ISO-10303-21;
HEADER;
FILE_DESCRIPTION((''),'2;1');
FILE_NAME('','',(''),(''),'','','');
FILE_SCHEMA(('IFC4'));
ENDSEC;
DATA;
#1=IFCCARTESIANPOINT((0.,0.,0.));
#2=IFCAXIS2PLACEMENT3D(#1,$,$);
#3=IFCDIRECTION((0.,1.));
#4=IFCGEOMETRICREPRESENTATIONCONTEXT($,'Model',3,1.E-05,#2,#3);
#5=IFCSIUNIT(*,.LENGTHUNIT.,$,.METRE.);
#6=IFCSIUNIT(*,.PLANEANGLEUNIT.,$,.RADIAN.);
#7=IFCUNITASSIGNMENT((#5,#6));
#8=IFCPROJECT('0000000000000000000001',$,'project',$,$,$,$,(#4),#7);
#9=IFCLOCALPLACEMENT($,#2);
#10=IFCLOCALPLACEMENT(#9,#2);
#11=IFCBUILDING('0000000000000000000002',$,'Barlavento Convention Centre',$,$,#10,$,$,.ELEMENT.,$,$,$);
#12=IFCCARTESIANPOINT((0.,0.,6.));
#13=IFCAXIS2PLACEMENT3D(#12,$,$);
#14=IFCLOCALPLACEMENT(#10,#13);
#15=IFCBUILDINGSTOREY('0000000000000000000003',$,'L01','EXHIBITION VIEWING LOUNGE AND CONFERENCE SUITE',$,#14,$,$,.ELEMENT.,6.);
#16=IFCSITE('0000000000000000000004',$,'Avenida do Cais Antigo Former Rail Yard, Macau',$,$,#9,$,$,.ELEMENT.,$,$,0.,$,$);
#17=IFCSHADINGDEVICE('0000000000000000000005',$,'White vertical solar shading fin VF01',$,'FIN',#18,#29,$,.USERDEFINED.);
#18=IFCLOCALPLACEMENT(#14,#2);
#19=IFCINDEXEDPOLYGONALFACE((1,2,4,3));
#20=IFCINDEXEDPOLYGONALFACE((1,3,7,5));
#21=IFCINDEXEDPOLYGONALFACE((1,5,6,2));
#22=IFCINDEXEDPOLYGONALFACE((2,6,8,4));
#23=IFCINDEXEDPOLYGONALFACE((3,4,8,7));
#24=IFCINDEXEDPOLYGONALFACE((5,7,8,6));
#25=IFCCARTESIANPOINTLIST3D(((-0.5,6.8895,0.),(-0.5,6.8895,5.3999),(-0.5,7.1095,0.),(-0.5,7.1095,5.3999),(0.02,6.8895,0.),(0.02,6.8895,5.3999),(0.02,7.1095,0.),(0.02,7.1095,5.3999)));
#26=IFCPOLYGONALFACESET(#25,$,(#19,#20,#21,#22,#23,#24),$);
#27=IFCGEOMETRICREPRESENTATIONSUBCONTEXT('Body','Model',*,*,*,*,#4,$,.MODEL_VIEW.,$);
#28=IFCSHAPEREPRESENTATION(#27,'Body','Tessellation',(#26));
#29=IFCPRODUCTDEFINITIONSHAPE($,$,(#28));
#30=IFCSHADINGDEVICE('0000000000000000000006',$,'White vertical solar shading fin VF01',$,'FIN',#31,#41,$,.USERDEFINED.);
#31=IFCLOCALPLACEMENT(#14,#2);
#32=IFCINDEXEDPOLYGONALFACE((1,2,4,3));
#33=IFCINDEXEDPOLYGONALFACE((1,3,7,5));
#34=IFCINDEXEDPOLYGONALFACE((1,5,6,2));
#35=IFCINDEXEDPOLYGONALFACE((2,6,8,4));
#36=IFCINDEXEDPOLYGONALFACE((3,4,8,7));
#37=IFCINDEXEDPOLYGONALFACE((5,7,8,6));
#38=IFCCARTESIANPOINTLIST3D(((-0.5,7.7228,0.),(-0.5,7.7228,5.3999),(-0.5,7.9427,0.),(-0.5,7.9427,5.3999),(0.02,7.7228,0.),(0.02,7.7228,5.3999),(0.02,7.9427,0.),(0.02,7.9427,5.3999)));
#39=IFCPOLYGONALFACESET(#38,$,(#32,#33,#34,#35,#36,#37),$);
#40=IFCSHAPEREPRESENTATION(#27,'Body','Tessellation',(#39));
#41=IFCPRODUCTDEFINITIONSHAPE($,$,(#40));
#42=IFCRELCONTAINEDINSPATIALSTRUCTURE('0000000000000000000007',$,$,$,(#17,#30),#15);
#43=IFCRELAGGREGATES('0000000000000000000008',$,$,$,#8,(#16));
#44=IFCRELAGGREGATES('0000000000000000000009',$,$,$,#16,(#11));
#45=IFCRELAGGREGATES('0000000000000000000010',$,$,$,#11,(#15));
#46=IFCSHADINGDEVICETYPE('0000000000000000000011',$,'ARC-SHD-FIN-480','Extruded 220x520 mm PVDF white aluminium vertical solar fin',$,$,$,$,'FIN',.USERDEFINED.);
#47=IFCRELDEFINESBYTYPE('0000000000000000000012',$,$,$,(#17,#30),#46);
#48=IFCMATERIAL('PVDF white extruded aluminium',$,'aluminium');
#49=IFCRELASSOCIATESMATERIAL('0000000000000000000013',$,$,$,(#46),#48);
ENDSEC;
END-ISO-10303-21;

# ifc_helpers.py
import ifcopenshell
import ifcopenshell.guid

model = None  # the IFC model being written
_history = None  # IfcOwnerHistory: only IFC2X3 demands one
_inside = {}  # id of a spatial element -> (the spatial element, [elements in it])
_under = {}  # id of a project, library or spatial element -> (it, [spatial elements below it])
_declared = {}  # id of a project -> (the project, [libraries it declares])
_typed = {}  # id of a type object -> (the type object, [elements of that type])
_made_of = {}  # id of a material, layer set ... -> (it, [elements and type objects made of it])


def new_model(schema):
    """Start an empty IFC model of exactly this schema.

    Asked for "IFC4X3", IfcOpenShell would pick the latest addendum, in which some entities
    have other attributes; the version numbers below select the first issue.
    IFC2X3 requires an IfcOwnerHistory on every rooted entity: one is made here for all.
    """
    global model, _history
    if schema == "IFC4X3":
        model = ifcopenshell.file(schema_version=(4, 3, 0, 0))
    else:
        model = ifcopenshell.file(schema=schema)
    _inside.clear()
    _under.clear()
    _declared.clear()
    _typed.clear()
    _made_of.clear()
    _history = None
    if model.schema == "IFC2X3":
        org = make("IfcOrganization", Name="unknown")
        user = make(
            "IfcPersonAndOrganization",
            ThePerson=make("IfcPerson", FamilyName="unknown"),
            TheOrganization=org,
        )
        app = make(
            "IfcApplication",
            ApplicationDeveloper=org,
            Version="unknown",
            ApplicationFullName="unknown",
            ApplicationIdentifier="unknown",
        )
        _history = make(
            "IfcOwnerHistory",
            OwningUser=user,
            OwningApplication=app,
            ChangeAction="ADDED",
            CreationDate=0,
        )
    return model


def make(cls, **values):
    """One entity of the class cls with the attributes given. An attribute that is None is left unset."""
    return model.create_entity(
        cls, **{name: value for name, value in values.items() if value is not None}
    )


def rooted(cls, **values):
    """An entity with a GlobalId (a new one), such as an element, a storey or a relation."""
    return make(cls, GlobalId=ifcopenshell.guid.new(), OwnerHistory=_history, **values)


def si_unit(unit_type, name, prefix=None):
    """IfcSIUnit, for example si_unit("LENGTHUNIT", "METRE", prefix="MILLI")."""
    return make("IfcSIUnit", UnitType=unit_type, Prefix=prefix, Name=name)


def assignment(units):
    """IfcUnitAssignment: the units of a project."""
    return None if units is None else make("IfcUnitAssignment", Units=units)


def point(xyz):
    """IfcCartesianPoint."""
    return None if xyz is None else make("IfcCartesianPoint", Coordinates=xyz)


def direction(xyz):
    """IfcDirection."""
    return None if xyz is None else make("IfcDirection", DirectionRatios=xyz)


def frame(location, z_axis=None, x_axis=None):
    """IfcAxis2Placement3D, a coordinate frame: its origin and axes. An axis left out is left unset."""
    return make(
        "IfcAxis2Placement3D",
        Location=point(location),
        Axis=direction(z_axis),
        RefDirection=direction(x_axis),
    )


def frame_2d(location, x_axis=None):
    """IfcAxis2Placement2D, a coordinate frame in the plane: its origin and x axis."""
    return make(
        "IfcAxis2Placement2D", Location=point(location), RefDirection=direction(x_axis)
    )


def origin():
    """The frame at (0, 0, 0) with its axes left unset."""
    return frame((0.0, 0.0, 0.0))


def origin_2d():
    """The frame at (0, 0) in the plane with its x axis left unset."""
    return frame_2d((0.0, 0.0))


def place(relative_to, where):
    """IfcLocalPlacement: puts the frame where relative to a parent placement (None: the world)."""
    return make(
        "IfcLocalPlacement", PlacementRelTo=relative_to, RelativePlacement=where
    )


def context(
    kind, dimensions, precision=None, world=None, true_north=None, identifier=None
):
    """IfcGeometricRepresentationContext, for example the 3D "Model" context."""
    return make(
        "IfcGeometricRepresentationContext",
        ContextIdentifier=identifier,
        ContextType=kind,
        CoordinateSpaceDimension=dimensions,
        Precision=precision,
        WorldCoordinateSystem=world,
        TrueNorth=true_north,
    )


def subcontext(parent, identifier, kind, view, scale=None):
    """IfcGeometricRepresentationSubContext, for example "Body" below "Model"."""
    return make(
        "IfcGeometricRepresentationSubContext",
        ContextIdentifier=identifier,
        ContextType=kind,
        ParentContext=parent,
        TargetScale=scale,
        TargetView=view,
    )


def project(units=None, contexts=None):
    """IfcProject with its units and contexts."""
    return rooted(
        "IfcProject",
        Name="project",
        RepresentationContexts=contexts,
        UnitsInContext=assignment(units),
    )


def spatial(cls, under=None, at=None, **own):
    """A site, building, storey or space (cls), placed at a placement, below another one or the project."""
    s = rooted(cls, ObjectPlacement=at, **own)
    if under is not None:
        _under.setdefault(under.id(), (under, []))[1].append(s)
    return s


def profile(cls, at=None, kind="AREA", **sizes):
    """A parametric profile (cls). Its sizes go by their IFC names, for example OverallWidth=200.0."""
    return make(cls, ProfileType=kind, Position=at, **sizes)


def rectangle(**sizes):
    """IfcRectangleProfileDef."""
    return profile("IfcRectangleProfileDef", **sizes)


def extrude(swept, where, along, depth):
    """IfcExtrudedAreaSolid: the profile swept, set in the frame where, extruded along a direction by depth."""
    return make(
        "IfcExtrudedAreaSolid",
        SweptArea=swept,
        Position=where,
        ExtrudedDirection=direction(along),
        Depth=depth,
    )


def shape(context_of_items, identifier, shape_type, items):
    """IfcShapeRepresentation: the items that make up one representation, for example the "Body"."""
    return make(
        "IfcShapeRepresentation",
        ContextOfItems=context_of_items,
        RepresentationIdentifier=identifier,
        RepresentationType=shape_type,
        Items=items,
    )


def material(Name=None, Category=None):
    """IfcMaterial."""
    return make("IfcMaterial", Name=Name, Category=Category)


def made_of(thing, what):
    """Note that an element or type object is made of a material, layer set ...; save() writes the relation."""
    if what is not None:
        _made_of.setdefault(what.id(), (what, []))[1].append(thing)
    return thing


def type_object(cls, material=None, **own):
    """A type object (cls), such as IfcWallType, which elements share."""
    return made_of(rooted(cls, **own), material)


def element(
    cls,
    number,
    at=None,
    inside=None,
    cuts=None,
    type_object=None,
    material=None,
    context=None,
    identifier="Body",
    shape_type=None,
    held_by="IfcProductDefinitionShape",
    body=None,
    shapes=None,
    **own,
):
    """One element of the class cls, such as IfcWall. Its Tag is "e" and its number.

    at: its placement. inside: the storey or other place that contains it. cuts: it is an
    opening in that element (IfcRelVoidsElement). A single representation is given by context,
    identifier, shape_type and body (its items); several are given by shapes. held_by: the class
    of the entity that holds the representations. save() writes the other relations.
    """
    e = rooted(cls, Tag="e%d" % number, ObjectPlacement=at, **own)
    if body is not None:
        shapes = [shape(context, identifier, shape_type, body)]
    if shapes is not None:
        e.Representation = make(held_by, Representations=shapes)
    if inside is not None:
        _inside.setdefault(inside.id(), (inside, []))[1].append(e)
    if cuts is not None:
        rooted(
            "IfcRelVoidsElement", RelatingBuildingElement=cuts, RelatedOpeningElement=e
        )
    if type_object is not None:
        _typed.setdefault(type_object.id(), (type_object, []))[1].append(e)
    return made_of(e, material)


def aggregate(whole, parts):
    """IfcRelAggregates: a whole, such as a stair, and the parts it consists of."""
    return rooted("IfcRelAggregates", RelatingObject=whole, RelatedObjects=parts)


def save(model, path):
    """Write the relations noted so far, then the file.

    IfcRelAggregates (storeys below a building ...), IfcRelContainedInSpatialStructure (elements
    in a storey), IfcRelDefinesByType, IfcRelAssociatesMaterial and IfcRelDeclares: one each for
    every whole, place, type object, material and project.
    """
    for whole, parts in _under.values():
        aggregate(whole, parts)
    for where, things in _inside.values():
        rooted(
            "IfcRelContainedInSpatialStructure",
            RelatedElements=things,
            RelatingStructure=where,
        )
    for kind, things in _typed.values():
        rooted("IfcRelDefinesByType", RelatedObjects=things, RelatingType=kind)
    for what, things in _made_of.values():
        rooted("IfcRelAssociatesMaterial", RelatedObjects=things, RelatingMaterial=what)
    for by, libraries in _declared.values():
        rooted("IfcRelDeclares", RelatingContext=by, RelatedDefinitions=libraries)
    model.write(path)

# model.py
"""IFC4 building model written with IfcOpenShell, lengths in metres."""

from ifc_helpers import new_model, si_unit, direction, frame, origin, origin_2d, place, context, subcontext, project, spatial, rectangle, extrude, material, type_object, element, save


model = new_model("IFC4")

# Units and contexts
model_context = context("Model", 3, precision=1e-05, world=origin(), true_north=direction((0.0, 1.0)))
body_context = subcontext(model_context, "Body", "Model", "MODEL_VIEW")
ifc_project = project(units=[si_unit("LENGTHUNIT", "METRE"), si_unit("PLANEANGLEUNIT", "RADIAN")], contexts=[model_context])

# Site, building, storey
site_placement = place(None, origin())
site = spatial("IfcSite", under=ifc_project, at=site_placement, Name="Avenida do Cais Antigo Former Rail Yard, Macau", CompositionType="ELEMENT", RefElevation=0.0)
building_placement = place(site_placement, origin())
building = spatial("IfcBuilding", under=site, at=building_placement, Name="Barlavento Convention Centre", CompositionType="ELEMENT")
storey_placement = place(building_placement, frame((0.0, 0.0, 6.0)))
storey = spatial("IfcBuildingStorey", under=building, at=storey_placement, Name="L01", Description="EXHIBITION VIEWING LOUNGE AND CONFERENCE SUITE", CompositionType="ELEMENT", Elevation=6.0)

# Shading devices
ifc_material_1 = material(Name="PVDF white extruded aluminium", Category="aluminium")
shading_device_type = type_object("IfcShadingDeviceType", Name="ARC-SHD-FIN-480", Description="Extruded 220x520 mm PVDF white aluminium vertical solar fin", ElementType="FIN", PredefinedType="USERDEFINED", material=ifc_material_1)
for number, where, z_axis, x_axis, name in (
    (1, (-0.24, 6.9995, 0.0), (0.0, 0.0, 1.0), (0.0, 1.0, 0.0), "White vertical solar shading fin VF01"),
    (2, (-0.24, 7.8328, 0.0), (0.0, 0.0, 1.0), (0.0, 1.0, 0.0), "White vertical solar shading fin VF01"),
):
    element("IfcShadingDevice", number, at=place(storey_placement, frame(where, z_axis=z_axis, x_axis=x_axis)), inside=storey, type_object=shading_device_type, Name=name, ObjectType="FIN", PredefinedType="USERDEFINED", context=body_context, shape_type="SweptSolid", body=[
        extrude(rectangle(XDim=0.22, YDim=0.52, at=origin_2d()), origin(), (0.0, 0.0, 1.0), 5.3999),
    ])

save(model, "model.ifc")
